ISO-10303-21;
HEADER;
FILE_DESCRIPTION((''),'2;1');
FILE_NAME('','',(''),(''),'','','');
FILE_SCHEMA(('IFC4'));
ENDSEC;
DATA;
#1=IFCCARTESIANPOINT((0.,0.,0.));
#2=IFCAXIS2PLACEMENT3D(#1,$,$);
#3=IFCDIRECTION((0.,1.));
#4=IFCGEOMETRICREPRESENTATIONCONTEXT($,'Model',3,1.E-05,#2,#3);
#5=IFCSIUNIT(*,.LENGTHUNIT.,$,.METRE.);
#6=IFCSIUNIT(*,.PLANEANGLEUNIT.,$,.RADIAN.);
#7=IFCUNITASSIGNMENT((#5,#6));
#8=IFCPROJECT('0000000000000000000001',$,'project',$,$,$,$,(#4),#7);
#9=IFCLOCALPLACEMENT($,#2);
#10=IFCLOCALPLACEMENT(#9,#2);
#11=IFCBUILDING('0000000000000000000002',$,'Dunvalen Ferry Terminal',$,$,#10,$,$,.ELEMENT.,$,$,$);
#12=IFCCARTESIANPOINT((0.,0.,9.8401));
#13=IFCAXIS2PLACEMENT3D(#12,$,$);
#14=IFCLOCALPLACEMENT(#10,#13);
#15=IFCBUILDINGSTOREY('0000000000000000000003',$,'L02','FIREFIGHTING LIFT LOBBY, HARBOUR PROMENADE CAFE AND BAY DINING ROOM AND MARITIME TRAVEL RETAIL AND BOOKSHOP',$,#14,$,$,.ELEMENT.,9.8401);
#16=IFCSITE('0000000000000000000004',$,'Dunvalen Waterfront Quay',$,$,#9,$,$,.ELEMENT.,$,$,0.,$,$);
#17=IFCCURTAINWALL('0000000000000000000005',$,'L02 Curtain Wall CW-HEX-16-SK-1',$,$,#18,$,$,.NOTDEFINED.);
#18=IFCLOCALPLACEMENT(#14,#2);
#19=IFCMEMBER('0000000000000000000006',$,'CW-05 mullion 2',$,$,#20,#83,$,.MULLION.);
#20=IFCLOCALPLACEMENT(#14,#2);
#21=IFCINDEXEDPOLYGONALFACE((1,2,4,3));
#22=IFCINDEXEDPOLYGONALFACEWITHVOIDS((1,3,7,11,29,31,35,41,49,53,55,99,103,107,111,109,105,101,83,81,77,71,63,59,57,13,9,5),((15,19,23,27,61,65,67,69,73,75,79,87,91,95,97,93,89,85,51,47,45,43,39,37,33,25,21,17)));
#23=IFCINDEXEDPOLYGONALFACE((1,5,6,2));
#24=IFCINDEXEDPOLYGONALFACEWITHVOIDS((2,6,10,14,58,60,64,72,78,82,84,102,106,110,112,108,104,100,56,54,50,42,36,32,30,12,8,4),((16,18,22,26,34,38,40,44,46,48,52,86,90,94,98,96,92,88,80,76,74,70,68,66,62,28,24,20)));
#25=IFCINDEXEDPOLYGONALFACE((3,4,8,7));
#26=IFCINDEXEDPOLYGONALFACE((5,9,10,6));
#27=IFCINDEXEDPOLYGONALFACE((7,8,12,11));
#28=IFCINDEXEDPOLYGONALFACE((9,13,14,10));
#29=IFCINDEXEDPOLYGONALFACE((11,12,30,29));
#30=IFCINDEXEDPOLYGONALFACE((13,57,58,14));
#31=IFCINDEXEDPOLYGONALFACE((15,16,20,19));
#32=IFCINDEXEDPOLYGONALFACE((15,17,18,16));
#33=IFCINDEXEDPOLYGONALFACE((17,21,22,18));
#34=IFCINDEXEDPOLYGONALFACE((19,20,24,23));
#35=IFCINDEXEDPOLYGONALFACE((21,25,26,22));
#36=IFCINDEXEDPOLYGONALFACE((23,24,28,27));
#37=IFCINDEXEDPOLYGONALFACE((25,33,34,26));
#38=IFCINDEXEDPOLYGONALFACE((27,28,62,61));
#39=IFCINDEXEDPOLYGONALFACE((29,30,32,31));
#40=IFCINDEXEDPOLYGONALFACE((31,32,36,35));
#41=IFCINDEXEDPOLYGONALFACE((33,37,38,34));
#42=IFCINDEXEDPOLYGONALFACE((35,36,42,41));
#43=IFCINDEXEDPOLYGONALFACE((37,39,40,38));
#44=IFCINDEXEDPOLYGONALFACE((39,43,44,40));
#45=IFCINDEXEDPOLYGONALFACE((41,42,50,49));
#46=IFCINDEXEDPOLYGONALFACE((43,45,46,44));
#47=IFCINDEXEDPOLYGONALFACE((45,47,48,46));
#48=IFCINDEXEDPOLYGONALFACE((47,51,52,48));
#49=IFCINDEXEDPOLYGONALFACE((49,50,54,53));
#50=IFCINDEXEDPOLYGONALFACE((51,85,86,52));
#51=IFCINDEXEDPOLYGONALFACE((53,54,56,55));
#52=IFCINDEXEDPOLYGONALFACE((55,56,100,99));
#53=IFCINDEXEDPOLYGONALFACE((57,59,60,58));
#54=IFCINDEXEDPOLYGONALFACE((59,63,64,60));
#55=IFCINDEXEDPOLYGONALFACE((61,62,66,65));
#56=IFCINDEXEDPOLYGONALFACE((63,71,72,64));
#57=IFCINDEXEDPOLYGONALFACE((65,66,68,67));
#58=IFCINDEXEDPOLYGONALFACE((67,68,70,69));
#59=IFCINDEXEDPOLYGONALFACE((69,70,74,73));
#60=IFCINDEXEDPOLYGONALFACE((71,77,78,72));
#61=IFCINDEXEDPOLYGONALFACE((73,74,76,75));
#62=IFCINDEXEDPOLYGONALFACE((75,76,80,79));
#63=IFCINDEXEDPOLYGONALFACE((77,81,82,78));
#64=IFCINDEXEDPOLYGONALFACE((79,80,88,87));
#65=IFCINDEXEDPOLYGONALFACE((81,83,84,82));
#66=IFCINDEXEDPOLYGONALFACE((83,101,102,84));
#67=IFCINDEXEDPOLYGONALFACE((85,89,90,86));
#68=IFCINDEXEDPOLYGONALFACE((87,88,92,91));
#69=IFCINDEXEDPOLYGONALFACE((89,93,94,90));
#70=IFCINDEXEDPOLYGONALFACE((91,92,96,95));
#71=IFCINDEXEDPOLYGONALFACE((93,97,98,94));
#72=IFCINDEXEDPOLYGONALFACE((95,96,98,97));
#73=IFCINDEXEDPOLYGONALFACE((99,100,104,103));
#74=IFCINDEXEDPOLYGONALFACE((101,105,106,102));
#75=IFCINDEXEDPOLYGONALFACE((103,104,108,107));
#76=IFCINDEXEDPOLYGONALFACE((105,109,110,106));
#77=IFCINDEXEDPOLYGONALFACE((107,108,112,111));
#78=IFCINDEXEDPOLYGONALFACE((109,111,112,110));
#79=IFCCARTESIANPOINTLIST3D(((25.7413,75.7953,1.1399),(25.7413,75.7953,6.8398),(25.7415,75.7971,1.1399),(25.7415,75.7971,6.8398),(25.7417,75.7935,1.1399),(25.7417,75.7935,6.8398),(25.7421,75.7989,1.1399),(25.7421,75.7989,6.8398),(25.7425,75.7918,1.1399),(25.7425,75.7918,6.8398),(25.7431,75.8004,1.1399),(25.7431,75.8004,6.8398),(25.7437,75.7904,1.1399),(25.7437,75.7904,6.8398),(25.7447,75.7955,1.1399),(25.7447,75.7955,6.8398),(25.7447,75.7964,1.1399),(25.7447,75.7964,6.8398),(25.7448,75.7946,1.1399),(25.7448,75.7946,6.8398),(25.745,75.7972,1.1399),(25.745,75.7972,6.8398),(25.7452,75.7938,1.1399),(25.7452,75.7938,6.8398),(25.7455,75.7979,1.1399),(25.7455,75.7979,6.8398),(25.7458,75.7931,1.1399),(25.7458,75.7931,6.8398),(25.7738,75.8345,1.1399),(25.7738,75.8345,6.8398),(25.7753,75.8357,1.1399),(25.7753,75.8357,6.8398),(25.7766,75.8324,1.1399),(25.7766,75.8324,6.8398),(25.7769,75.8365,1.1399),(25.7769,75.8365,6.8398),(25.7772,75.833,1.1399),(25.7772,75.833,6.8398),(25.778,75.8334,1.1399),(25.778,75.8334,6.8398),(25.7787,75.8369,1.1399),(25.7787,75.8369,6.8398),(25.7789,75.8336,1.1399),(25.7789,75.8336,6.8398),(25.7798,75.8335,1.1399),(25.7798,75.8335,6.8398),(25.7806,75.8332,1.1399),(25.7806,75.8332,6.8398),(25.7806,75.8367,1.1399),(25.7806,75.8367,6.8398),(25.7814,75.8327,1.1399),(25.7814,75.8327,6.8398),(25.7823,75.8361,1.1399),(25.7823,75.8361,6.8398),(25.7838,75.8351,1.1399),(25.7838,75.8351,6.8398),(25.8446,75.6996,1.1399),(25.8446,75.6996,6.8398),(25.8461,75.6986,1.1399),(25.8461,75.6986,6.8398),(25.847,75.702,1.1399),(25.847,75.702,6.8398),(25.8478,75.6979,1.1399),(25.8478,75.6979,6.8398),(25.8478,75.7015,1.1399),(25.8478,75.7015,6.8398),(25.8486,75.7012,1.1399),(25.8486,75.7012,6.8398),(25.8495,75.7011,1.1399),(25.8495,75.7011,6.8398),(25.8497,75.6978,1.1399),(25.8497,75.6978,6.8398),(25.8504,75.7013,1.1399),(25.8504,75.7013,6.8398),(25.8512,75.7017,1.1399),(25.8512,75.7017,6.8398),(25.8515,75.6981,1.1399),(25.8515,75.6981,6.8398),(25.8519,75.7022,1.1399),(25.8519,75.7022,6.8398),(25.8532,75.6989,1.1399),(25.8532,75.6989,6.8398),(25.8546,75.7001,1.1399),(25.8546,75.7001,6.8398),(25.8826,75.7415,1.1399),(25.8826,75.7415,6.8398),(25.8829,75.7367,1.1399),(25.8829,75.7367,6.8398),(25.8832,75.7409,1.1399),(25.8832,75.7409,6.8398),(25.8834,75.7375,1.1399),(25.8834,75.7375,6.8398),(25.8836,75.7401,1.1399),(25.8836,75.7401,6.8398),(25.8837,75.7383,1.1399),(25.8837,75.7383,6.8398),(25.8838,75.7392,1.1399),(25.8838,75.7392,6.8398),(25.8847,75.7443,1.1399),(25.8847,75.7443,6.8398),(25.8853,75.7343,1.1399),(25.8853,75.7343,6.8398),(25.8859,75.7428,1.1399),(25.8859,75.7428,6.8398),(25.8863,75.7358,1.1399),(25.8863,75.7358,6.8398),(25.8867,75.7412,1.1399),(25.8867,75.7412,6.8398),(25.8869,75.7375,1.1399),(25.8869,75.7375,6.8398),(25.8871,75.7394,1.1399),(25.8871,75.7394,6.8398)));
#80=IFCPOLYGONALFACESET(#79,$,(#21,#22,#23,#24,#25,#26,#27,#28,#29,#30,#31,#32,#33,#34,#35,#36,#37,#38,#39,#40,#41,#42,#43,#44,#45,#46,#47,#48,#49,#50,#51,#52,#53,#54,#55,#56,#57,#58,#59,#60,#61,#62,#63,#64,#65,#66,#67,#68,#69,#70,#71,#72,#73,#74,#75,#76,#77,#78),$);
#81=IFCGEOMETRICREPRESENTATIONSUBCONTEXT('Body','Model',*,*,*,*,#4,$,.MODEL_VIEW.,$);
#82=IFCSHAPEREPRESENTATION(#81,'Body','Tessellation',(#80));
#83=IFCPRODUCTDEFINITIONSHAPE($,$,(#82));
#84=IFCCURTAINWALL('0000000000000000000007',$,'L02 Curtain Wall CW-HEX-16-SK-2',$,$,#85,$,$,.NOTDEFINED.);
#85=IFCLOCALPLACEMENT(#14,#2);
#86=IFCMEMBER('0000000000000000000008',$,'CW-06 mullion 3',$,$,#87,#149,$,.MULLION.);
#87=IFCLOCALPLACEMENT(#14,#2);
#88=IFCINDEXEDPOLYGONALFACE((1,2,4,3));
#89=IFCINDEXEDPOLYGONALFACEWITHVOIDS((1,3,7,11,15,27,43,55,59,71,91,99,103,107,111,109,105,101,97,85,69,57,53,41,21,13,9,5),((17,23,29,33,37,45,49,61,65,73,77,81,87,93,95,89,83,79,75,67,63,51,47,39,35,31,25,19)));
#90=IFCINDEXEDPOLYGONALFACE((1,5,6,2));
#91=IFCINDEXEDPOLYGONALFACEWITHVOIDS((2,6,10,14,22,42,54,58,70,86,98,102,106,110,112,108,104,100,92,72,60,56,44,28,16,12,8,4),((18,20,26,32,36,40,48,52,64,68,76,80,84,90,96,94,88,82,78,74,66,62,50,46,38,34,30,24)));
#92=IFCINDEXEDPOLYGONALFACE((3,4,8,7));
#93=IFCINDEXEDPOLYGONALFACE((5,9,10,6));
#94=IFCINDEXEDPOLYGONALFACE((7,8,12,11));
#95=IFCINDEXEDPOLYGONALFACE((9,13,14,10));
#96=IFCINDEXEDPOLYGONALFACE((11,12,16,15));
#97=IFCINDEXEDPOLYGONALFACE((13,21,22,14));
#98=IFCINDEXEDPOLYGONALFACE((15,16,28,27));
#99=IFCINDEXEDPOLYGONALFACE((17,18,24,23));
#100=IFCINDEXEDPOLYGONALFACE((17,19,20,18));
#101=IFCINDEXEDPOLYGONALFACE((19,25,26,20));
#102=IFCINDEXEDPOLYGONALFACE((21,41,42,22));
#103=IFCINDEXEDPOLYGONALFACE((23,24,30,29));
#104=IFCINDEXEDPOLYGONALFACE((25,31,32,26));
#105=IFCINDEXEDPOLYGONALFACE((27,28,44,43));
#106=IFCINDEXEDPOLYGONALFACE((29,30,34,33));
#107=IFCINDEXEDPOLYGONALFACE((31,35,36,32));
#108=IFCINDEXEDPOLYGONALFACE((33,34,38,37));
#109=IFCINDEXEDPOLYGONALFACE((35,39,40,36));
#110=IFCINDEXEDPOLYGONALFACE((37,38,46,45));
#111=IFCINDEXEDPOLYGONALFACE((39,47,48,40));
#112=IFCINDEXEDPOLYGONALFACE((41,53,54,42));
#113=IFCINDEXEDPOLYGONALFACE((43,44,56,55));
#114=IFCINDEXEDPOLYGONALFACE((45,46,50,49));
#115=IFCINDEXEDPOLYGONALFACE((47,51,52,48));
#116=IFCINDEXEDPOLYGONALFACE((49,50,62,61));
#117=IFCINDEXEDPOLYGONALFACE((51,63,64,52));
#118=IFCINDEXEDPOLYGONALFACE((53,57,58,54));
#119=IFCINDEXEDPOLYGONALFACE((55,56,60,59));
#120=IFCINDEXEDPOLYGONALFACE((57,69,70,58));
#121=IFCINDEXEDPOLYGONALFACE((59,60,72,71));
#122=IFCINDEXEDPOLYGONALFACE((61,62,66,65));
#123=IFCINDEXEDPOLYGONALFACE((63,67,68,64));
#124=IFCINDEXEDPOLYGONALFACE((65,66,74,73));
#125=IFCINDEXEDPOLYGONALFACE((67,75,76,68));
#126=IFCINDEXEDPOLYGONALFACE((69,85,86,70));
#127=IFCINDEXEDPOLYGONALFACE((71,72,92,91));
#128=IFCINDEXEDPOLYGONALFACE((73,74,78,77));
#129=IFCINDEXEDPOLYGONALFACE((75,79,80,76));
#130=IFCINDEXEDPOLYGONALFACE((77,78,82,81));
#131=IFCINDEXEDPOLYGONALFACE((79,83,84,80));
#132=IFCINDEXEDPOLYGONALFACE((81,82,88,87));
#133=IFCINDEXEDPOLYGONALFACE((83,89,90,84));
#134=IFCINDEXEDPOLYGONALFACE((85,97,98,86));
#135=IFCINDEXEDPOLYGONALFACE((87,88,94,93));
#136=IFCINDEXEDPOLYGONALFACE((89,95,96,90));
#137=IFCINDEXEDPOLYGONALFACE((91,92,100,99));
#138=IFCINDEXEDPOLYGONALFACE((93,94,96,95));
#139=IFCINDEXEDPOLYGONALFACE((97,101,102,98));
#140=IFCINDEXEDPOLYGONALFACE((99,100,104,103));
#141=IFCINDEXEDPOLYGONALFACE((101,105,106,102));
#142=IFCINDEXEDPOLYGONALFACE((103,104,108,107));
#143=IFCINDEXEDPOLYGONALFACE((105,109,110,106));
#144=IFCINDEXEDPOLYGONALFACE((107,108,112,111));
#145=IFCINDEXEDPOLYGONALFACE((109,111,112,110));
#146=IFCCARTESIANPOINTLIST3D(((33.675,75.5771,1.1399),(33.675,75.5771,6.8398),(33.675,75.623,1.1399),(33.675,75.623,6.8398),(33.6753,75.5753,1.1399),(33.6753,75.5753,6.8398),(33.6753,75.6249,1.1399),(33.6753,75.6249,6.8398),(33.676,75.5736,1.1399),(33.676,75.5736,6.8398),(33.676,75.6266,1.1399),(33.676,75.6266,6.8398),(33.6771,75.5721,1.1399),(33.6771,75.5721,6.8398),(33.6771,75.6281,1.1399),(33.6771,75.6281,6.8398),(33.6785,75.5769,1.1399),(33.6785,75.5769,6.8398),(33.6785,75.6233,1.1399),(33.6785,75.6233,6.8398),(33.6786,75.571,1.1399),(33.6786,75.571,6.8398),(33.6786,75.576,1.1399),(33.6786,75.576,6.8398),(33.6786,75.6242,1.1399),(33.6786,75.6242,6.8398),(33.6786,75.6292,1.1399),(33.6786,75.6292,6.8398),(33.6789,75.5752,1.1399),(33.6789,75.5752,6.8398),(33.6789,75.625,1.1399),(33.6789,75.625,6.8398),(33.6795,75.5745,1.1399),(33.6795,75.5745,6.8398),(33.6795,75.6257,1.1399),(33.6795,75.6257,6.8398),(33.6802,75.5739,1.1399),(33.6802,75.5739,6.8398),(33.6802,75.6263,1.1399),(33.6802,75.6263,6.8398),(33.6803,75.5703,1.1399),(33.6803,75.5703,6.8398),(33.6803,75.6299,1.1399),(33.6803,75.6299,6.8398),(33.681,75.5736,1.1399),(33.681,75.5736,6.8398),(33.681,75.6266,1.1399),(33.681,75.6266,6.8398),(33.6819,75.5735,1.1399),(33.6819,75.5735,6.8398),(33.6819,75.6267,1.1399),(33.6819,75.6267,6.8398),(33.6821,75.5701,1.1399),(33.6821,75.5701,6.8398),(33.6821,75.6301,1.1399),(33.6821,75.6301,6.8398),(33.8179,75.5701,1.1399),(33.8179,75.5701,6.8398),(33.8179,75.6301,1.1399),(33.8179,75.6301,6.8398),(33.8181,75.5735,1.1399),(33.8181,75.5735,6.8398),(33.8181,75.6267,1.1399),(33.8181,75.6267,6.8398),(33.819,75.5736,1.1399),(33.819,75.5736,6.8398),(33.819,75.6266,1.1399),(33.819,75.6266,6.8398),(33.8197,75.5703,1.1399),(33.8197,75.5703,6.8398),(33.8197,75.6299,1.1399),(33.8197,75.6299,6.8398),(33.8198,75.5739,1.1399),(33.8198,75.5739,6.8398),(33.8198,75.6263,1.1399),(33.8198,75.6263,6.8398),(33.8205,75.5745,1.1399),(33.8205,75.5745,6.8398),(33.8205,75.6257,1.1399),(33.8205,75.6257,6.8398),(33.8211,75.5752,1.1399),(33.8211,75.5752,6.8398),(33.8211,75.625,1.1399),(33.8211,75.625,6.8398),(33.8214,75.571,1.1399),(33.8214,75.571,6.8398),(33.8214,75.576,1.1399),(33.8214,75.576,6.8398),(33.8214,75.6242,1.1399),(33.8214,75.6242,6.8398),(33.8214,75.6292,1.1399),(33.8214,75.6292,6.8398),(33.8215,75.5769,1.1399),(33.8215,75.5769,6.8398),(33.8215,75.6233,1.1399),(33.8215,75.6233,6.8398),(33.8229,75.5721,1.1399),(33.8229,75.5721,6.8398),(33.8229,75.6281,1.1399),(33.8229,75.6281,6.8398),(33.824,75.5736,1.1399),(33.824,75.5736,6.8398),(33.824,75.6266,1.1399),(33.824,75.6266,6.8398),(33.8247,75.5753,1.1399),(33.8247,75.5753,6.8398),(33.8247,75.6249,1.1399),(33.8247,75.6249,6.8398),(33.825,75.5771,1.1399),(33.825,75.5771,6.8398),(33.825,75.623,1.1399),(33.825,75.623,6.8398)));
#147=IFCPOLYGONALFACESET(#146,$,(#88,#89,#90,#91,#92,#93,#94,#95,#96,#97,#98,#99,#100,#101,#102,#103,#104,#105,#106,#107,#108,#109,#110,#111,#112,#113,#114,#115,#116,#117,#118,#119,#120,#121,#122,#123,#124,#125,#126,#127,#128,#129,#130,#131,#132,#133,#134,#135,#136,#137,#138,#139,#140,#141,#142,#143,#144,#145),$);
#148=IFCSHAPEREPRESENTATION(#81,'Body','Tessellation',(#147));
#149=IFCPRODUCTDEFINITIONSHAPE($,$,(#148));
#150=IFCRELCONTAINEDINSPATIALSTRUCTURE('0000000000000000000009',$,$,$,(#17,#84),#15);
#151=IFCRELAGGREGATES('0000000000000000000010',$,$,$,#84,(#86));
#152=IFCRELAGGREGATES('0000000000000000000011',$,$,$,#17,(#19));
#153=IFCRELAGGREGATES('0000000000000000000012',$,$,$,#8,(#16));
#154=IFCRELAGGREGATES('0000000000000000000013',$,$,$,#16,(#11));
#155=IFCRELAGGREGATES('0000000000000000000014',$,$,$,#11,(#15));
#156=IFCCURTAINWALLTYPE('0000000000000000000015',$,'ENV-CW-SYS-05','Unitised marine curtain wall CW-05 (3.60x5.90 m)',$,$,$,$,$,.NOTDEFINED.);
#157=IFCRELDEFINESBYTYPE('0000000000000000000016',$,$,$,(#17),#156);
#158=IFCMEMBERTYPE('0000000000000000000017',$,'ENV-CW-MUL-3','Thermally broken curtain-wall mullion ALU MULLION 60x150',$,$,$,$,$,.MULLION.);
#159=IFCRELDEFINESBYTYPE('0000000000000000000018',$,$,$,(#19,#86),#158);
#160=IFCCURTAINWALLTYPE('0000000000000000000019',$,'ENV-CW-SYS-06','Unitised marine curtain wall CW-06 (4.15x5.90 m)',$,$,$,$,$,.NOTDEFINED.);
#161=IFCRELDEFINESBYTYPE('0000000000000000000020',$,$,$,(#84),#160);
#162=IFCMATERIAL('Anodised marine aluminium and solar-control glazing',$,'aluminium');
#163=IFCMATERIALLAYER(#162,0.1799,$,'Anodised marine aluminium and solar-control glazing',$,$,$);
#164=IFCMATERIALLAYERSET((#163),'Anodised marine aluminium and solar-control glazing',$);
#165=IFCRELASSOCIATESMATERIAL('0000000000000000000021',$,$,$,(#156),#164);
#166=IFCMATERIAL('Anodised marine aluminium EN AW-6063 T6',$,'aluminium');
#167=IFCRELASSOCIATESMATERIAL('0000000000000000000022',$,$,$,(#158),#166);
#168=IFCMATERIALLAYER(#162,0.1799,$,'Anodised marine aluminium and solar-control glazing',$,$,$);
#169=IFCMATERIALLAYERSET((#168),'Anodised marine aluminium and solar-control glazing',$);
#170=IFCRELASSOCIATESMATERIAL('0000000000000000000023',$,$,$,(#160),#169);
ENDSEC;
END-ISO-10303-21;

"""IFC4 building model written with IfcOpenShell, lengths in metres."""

from ifc_helpers import new_model, si_unit, direction, frame, origin, origin_2d, place, context, subcontext, project, spatial, hollow_rectangle, extrude, material, layer, layer_set, material_profile, profile_set, type_object, element, aggregate, save


model = new_model("IFC4")

# Units and contexts
model_context = context("Model", 3, precision=1e-05, world=origin(), true_north=direction((0.0, 1.0)))
body_context = subcontext(model_context, "Body", "Model", "MODEL_VIEW")
ifc_project = project(units=[si_unit("LENGTHUNIT", "METRE"), si_unit("PLANEANGLEUNIT", "RADIAN")], contexts=[model_context])

# Site, building, storey
site_placement = place(None, origin())
site = spatial("IfcSite", under=ifc_project, at=site_placement, Name="Dunvalen Waterfront Quay", CompositionType="ELEMENT", RefElevation=0.0)
building_placement = place(site_placement, origin())
building = spatial("IfcBuilding", under=site, at=building_placement, Name="Dunvalen Ferry Terminal", CompositionType="ELEMENT")
storey_placement = place(building_placement, frame((0.0, 0.0, 9.8401)))
storey = spatial("IfcBuildingStorey", under=building, at=storey_placement, Name="L02", Description="FIREFIGHTING LIFT LOBBY, HARBOUR PROMENADE CAFE AND BAY DINING ROOM AND MARITIME TRAVEL RETAIL AND BOOKSHOP", CompositionType="ELEMENT", Elevation=9.8401)

# Curtain walls, members
ifc_material_1 = material(Name="Anodised marine aluminium and solar-control glazing", Category="aluminium")
ifc_layer_1 = layer(ifc_material_1, 0.1799, Name="Anodised marine aluminium and solar-control glazing")
ifc_layer_set_1 = layer_set([ifc_layer_1], Name="Anodised marine aluminium and solar-control glazing")
curtain_wall_type_1 = type_object("IfcCurtainWallType", Name="ENV-CW-SYS-05", Description="Unitised marine curtain wall CW-05 (3.60x5.90 m)", PredefinedType="NOTDEFINED", material=ifc_layer_set_1)
curtain_wall_1_placement = place(storey_placement, origin())
curtain_wall_1 = element("IfcCurtainWall", 1, at=curtain_wall_1_placement, inside=storey, type_object=curtain_wall_type_1, Name="L02 Curtain Wall CW-HEX-16-SK-1", PredefinedType="NOTDEFINED")
ifc_material_2 = material(Name="Anodised marine aluminium EN AW-6063 T6", Category="aluminium")
ifc_material_profile_1 = material_profile(ifc_material_2, hollow_rectangle(XDim=0.0601, YDim=0.1499, WallThickness=0.0034, InnerFilletRadius=0.0034, OuterFilletRadius=0.0071, at=origin_2d()), Name="Anodised marine aluminium EN AW-6063 T6")
ifc_profile_set_1 = profile_set([ifc_material_profile_1], Name="Anodised marine aluminium EN AW-6063 T6")
member_type_1 = type_object("IfcMemberType", Name="ENV-CW-MUL-3", Description="Thermally broken curtain-wall mullion ALU MULLION 60x150", PredefinedType="MULLION", material=ifc_profile_set_1)
member_1_placement = place(storey_placement, frame((25.8142, 75.7673, 1.1399), z_axis=(0.0, 0.0, 1.0), x_axis=(0.668954, 0.743304, 0.0)))
member_1 = element("IfcMember", 2, at=member_1_placement, type_object=member_type_1, Name="CW-05 mullion 2", PredefinedType="MULLION", context=body_context, shape_type="SweptSolid", body=[
    extrude(hollow_rectangle(XDim=0.0601, YDim=0.1499, WallThickness=0.0034, InnerFilletRadius=0.0034, OuterFilletRadius=0.0071, at=origin_2d()), origin(), (0.0, 0.0, 1.0), 5.7),
])
ifc_layer_2 = layer(ifc_material_1, 0.1799, Name="Anodised marine aluminium and solar-control glazing")
ifc_layer_set_2 = layer_set([ifc_layer_2], Name="Anodised marine aluminium and solar-control glazing")
curtain_wall_type_2 = type_object("IfcCurtainWallType", Name="ENV-CW-SYS-06", Description="Unitised marine curtain wall CW-06 (4.15x5.90 m)", PredefinedType="NOTDEFINED", material=ifc_layer_set_2)
curtain_wall_2_placement = place(storey_placement, origin())
curtain_wall_2 = element("IfcCurtainWall", 3, at=curtain_wall_2_placement, inside=storey, type_object=curtain_wall_type_2, Name="L02 Curtain Wall CW-HEX-16-SK-2", PredefinedType="NOTDEFINED")
member_2_placement = place(storey_placement, frame((33.75, 75.6001, 1.1399), z_axis=(0.0, 0.0, 1.0), x_axis=(0.0, 1.0, 0.0)))
member_2 = element("IfcMember", 4, at=member_2_placement, type_object=member_type_1, Name="CW-06 mullion 3", PredefinedType="MULLION", context=body_context, shape_type="SweptSolid", body=[
    extrude(hollow_rectangle(XDim=0.0601, YDim=0.1499, WallThickness=0.0034, InnerFilletRadius=0.0034, OuterFilletRadius=0.0071, at=origin_2d()), origin(), (0.0, 0.0, 1.0), 5.7),
])
aggregate(curtain_wall_2, [member_2])

aggregate(curtain_wall_1, [member_1])

save(model, "model.ifc")
